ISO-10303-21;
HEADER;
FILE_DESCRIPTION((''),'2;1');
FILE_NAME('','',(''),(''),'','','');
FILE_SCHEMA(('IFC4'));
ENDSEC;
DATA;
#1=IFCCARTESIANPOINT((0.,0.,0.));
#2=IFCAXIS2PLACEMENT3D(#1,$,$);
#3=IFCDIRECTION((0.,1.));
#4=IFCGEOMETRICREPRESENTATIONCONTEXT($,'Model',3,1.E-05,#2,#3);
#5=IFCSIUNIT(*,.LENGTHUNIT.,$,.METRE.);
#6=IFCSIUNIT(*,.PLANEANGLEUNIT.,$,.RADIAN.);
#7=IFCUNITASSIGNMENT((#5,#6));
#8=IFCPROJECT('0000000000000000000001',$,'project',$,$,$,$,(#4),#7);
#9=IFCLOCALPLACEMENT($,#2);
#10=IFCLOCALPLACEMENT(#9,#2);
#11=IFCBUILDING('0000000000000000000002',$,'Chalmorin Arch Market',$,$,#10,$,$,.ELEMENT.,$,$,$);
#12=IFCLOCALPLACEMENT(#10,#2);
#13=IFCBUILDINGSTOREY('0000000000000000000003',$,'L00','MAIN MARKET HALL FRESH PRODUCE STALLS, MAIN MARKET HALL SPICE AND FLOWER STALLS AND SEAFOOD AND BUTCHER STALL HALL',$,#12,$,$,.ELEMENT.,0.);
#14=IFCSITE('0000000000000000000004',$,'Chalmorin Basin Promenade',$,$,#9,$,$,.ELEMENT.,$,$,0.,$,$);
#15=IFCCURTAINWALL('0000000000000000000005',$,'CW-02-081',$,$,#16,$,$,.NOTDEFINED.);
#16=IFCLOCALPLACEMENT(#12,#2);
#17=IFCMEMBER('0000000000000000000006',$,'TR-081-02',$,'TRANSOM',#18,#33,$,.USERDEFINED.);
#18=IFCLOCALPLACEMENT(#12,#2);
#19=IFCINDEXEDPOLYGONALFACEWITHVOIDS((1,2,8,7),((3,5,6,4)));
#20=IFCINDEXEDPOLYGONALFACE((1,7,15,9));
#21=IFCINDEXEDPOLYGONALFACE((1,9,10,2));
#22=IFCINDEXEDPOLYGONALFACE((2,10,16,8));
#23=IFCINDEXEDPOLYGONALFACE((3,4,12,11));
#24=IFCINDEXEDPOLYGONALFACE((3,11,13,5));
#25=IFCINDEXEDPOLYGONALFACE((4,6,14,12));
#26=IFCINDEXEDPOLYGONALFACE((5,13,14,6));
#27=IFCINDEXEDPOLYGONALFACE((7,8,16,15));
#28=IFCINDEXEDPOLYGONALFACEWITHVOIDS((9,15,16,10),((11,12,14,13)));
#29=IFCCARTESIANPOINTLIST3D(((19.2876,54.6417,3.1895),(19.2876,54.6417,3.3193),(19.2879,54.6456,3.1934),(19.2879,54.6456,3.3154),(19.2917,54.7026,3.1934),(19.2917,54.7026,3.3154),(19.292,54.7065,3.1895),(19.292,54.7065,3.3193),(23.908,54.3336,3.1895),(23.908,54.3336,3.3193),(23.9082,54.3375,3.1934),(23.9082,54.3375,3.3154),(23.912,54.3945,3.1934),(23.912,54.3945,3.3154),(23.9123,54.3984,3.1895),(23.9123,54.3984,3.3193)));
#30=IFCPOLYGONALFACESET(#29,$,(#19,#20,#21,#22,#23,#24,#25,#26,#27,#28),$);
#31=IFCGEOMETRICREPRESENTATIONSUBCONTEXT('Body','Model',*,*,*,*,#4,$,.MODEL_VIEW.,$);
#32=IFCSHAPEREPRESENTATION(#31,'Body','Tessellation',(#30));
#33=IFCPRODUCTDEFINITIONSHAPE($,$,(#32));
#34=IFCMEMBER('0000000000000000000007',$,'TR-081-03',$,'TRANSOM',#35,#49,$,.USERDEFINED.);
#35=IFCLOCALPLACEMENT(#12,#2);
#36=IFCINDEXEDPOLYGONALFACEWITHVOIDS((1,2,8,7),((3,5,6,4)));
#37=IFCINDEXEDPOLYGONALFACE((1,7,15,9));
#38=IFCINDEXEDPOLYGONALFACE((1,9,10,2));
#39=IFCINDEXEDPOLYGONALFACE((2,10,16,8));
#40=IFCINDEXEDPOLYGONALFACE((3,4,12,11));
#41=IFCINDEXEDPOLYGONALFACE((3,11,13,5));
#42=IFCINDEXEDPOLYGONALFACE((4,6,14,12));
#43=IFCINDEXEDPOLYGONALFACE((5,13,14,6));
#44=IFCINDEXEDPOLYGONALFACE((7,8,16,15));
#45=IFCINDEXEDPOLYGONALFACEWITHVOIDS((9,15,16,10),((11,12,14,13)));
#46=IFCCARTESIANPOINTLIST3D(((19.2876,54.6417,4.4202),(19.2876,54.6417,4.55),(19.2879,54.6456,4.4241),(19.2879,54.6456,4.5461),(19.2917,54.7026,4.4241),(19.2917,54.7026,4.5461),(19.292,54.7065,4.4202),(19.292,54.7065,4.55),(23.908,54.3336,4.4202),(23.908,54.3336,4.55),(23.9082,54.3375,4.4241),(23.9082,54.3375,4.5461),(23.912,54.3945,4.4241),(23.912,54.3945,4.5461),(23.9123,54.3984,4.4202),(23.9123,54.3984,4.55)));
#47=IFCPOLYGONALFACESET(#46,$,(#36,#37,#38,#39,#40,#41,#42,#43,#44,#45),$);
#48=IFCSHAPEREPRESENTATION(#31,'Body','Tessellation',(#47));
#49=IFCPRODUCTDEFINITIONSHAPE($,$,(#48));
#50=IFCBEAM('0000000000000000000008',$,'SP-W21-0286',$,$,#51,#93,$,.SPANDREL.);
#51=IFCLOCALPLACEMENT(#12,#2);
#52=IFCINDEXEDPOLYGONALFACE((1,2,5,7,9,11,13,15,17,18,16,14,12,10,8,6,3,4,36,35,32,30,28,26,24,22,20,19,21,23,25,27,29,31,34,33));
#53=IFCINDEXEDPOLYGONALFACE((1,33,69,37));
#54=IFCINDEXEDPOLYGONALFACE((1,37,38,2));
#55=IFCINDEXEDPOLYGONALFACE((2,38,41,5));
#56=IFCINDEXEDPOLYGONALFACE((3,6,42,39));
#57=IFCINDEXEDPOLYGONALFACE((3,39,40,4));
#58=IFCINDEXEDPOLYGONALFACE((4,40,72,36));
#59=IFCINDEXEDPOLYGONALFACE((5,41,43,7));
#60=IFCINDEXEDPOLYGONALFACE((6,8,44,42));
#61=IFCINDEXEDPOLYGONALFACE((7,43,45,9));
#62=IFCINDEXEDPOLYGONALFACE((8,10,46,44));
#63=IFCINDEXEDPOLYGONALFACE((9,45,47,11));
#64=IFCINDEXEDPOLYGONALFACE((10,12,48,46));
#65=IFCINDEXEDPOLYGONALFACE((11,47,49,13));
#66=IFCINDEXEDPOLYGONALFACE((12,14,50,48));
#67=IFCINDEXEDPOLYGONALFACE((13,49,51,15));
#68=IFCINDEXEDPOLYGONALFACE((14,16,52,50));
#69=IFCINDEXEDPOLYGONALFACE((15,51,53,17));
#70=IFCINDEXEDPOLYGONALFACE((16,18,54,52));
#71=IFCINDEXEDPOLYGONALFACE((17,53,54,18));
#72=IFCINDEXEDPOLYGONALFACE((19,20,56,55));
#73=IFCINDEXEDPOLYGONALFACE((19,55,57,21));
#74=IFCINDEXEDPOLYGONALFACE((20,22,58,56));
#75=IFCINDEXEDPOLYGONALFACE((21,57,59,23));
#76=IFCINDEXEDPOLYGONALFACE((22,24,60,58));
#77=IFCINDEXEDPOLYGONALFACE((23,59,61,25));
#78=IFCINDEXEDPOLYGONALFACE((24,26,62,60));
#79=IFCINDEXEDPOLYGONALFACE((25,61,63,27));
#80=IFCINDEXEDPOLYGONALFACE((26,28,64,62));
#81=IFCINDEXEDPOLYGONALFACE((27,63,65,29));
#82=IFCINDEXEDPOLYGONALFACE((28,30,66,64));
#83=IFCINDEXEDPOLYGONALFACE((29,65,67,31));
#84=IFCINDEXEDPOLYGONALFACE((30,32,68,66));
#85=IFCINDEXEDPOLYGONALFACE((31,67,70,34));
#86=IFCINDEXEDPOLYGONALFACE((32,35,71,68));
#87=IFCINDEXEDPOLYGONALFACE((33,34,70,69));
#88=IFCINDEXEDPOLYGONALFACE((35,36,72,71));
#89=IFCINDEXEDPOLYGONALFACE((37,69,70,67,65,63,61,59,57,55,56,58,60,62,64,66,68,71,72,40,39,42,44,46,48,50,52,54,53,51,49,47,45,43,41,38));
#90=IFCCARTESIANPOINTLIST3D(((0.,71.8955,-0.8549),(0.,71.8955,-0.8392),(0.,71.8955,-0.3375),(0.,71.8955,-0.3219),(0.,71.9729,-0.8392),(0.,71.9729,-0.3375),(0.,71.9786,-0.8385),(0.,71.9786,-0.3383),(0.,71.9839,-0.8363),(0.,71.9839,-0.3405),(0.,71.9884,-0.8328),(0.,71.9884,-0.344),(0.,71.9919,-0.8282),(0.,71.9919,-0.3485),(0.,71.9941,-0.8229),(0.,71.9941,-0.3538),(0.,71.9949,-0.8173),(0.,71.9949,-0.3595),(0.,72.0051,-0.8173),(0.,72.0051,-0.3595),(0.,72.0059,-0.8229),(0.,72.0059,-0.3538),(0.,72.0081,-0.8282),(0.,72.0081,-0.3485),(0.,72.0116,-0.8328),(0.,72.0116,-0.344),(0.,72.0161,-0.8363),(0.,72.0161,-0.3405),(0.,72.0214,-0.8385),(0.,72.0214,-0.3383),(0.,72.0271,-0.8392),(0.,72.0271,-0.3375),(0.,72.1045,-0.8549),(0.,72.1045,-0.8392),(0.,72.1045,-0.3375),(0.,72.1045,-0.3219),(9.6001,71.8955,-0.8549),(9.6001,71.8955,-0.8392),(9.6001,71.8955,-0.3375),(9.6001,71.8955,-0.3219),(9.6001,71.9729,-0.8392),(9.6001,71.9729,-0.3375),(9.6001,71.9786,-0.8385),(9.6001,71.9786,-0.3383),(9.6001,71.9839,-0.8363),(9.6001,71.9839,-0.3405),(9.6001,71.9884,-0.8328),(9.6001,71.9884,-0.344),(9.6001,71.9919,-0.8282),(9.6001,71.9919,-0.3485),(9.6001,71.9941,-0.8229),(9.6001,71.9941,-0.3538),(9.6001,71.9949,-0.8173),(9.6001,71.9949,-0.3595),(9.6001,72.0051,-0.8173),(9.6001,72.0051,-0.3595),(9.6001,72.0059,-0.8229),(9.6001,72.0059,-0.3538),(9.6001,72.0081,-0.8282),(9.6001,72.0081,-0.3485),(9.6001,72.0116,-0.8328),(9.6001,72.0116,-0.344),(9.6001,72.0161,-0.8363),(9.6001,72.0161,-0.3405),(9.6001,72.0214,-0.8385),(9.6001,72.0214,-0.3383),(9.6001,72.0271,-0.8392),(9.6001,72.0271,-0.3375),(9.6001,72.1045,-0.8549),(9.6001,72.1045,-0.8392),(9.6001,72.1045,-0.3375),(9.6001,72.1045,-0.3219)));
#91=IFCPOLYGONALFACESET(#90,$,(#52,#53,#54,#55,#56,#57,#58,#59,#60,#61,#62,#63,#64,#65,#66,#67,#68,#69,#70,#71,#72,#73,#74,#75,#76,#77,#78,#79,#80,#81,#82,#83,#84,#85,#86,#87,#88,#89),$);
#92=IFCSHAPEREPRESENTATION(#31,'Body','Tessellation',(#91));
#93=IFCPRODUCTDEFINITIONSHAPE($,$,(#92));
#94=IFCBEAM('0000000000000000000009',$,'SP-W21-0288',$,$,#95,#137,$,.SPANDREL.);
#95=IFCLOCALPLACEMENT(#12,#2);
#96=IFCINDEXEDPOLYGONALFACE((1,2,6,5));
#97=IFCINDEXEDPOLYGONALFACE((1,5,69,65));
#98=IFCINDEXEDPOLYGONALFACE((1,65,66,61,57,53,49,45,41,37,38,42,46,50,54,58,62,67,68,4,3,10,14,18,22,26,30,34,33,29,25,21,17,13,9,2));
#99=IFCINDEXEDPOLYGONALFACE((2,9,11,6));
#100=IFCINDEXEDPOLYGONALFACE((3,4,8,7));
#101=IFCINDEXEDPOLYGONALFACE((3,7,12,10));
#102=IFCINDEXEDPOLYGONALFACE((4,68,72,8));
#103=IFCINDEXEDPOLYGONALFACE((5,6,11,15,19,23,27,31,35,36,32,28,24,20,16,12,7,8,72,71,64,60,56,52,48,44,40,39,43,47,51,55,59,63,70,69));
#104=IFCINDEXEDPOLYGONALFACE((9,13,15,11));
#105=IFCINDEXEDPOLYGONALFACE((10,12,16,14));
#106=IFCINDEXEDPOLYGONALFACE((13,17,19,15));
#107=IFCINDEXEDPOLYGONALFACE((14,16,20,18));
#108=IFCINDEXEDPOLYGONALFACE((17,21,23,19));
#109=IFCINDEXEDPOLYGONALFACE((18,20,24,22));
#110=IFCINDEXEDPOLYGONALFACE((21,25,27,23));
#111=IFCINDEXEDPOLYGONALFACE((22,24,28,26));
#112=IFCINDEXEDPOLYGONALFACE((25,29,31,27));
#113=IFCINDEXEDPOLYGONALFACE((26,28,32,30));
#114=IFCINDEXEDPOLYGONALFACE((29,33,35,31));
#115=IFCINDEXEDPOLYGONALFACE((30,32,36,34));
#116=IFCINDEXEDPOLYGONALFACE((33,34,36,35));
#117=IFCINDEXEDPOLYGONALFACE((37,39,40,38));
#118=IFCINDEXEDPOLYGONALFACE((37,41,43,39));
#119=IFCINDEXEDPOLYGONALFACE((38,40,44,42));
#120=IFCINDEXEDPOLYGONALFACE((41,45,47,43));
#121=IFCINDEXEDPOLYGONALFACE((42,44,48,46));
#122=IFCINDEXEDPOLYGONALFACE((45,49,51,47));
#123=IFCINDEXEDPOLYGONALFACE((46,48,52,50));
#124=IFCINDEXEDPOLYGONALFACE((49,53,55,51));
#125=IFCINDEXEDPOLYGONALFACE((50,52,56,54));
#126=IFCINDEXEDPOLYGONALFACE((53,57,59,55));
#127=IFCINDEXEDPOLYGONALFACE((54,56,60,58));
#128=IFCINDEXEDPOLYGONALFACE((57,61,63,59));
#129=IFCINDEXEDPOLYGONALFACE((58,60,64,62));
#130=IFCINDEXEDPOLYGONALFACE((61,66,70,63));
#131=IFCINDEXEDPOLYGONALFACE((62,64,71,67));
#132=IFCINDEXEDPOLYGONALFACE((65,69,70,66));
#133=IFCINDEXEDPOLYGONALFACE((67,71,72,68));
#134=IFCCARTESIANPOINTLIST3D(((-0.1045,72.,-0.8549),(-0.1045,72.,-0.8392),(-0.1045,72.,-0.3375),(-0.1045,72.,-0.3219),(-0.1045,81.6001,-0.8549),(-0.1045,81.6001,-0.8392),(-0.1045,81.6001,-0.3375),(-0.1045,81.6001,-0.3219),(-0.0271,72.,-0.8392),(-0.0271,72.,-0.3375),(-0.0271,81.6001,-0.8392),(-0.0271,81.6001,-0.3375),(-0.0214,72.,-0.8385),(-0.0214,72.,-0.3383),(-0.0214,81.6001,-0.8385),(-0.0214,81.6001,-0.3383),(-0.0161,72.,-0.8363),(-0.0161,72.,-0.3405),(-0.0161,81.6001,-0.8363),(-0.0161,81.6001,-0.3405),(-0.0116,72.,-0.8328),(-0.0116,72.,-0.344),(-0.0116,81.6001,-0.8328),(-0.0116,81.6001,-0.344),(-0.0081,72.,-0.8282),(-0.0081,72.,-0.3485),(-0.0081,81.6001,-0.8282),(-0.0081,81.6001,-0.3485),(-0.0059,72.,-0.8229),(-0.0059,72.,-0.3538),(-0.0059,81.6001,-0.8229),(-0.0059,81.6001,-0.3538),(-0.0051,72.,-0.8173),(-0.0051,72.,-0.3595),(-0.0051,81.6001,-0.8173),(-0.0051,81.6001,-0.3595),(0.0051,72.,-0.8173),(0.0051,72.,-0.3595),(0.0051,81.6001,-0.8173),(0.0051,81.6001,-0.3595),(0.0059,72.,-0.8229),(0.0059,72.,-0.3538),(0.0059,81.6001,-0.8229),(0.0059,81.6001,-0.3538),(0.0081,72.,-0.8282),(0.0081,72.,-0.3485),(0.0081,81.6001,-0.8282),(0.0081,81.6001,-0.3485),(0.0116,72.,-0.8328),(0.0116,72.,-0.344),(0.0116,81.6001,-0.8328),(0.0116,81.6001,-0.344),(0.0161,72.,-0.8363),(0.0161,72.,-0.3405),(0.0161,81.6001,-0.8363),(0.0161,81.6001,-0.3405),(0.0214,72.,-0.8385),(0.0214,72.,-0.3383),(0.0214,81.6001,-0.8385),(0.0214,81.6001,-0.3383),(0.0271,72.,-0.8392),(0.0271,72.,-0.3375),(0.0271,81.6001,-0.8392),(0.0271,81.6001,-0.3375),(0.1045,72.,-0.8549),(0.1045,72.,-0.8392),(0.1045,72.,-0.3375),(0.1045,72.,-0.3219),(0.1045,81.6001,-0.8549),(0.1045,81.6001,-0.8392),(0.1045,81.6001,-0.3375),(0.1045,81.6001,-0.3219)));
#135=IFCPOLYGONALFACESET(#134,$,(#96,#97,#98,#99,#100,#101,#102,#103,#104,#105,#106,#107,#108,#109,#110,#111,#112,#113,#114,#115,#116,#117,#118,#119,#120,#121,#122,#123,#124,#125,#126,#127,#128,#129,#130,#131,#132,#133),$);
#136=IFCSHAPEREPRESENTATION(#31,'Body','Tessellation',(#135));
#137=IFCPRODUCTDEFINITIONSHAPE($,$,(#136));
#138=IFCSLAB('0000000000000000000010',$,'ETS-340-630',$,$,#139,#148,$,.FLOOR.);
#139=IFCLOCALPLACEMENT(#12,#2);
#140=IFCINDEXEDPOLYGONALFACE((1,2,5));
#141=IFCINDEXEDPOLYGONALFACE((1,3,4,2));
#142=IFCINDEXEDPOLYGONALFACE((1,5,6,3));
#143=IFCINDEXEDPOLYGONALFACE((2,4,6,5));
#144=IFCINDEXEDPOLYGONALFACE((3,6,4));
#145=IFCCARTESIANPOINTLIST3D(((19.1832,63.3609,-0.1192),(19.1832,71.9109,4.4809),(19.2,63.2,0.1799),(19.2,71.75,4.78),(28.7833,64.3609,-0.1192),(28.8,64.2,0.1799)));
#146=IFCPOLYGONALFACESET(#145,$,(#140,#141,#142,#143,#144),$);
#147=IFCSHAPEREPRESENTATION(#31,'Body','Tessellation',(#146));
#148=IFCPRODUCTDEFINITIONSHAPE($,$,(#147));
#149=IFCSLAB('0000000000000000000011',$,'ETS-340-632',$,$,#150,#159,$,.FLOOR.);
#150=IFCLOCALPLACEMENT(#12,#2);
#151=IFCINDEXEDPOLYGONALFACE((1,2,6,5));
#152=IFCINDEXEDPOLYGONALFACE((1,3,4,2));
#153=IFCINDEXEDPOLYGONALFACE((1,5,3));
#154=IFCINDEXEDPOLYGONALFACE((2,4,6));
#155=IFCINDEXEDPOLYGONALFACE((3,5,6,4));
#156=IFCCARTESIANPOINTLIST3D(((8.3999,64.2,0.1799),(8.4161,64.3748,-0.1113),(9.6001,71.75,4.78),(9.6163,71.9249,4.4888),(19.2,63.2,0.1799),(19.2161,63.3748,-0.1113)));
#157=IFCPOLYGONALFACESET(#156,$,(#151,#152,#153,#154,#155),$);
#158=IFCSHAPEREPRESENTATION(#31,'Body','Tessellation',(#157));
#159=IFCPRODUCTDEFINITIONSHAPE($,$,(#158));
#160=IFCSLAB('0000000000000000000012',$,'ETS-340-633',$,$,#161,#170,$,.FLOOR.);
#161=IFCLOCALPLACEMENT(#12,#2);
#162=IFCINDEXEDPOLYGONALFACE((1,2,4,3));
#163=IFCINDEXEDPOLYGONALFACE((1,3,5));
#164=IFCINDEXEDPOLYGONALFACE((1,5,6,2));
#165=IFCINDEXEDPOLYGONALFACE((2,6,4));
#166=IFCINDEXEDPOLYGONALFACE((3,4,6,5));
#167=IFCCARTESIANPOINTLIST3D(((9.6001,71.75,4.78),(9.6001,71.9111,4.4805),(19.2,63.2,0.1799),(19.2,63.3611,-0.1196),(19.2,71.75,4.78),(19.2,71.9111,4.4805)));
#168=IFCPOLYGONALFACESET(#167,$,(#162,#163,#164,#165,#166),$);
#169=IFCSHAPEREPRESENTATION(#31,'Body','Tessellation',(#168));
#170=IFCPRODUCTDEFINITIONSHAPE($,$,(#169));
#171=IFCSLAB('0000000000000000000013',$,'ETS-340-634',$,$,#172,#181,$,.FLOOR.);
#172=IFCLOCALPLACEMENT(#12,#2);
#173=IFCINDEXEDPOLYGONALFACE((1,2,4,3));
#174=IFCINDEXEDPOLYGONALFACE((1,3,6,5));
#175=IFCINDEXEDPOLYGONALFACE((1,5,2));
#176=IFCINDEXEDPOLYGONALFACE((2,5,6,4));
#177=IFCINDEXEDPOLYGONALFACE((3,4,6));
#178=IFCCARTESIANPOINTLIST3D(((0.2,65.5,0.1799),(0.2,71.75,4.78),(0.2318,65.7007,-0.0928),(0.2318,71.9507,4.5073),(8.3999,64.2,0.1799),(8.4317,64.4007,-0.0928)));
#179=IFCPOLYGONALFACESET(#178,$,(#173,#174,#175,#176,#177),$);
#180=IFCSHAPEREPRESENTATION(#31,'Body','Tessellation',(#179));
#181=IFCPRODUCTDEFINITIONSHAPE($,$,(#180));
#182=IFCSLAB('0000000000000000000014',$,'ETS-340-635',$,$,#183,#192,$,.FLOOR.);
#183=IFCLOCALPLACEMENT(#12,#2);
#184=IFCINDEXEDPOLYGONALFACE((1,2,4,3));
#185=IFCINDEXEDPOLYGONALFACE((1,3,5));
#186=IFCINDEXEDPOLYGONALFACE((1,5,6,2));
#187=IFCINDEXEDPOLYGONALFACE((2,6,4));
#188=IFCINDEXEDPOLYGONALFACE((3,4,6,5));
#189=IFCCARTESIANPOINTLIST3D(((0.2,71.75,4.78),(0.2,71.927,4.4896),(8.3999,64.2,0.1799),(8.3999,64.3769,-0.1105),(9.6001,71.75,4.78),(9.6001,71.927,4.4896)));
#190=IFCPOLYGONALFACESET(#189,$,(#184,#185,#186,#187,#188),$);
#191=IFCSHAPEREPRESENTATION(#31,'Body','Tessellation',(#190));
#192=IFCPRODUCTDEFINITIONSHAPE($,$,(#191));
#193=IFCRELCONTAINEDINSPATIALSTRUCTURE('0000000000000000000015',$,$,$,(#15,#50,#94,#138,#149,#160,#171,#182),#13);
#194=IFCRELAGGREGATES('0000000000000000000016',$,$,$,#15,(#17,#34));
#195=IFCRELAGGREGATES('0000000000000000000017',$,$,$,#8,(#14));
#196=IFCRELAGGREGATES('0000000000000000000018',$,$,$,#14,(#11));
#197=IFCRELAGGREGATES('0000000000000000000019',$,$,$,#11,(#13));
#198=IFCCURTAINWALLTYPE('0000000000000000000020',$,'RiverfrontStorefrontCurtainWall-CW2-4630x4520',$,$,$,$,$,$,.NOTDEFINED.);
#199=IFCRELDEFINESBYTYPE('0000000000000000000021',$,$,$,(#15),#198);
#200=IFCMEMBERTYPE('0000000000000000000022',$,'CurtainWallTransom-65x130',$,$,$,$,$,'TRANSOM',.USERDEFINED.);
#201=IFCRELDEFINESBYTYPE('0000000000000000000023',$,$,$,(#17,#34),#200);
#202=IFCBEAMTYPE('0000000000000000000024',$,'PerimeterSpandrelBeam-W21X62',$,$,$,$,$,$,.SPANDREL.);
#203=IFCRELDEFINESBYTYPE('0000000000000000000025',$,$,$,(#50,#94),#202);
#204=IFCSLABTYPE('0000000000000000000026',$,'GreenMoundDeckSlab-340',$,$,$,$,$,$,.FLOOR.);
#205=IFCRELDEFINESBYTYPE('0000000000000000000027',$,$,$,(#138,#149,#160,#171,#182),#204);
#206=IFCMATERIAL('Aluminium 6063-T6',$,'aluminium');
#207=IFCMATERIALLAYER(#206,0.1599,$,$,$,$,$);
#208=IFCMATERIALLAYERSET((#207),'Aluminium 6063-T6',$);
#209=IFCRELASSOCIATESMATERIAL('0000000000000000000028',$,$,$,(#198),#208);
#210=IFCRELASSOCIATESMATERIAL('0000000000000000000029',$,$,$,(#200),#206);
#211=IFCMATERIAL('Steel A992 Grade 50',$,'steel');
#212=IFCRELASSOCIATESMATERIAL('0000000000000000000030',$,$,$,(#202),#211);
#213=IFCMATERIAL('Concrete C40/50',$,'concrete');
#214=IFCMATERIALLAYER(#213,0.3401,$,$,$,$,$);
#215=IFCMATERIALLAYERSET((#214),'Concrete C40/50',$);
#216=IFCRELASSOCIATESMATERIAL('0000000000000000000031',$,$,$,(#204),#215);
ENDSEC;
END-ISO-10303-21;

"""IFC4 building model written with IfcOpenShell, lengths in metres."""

from ifc_helpers import new_model, si_unit, direction, frame, origin, origin_2d, place, context, subcontext, project, spatial, polyline, hollow_rectangle, i_section, outline, extrude, material, layer, layer_set, material_profile, profile_set, type_object, element, aggregate, save


model = new_model("IFC4")

# Units and contexts
model_context = context("Model", 3, precision=1e-05, world=origin(), true_north=direction((0.0, 1.0)))
body_context = subcontext(model_context, "Body", "Model", "MODEL_VIEW")
ifc_project = project(units=[si_unit("LENGTHUNIT", "METRE"), si_unit("PLANEANGLEUNIT", "RADIAN")], contexts=[model_context])

# Site, building, storey
site_placement = place(None, origin())
site = spatial("IfcSite", under=ifc_project, at=site_placement, Name="Chalmorin Basin Promenade", CompositionType="ELEMENT", RefElevation=0.0)
building_placement = place(site_placement, origin())
building = spatial("IfcBuilding", under=site, at=building_placement, Name="Chalmorin Arch Market", CompositionType="ELEMENT")
storey_placement = place(building_placement, origin())
storey = spatial("IfcBuildingStorey", under=building, at=storey_placement, Name="L00", Description="MAIN MARKET HALL FRESH PRODUCE STALLS, MAIN MARKET HALL SPICE AND FLOWER STALLS AND SEAFOOD AND BUTCHER STALL HALL", CompositionType="ELEMENT", Elevation=0.0)

# Shared definitions
ifc_material_1 = material(Name="Concrete C40/50", Category="concrete")

# Curtain wall
ifc_material_2 = material(Name="Aluminium 6063-T6", Category="aluminium")
ifc_layer_1 = layer(ifc_material_2, 0.1599)
ifc_layer_set_1 = layer_set([ifc_layer_1], Name="Aluminium 6063-T6")
curtain_wall_type = type_object("IfcCurtainWallType", Name="RiverfrontStorefrontCurtainWall-CW2-4630x4520", PredefinedType="NOTDEFINED", material=ifc_layer_set_1)
curtain_wall_1_placement = place(storey_placement, origin())
curtain_wall_1 = element("IfcCurtainWall", 1, at=curtain_wall_1_placement, inside=storey, type_object=curtain_wall_type, Name="CW-02-081", PredefinedType="NOTDEFINED")

# Members
ifc_material_profile_1 = material_profile(ifc_material_2, hollow_rectangle(XDim=0.0649, YDim=0.1299, WallThickness=0.0039, at=origin_2d()), Name="ALU65X130X4")
ifc_profile_set_1 = profile_set([ifc_material_profile_1], Name="Aluminium 6063-T6")
member_type_1 = type_object("IfcMemberType", Name="CurtainWallTransom-65x130", ElementType="TRANSOM", PredefinedType="USERDEFINED", material=ifc_profile_set_1)
member_1_placement = place(storey_placement, frame((19.2898, 54.6741, 3.2544), z_axis=(0.997784, -0.066537, 0.0), x_axis=(0.066537, 0.997784, 0.0)))
member_1 = element("IfcMember", 2, at=member_1_placement, type_object=member_type_1, Name="TR-081-02", ObjectType="TRANSOM", PredefinedType="USERDEFINED", context=body_context, shape_type="SweptSolid", body=[
    extrude(hollow_rectangle(XDim=0.0649, YDim=0.1299, WallThickness=0.0039, at=origin_2d()), origin(), (0.0, 0.0, 1.0), 4.6306),
])
member_2_placement = place(storey_placement, frame((19.2898, 54.6741, 4.4851), z_axis=(0.997784, -0.066537, 0.0), x_axis=(0.066537, 0.997784, 0.0)))
member_2 = element("IfcMember", 3, at=member_2_placement, type_object=member_type_1, Name="TR-081-03", ObjectType="TRANSOM", PredefinedType="USERDEFINED", context=body_context, shape_type="SweptSolid", body=[
    extrude(hollow_rectangle(XDim=0.0649, YDim=0.1299, WallThickness=0.0039, at=origin_2d()), origin(), (0.0, 0.0, 1.0), 4.6306),
])

# Beams
ifc_material_3 = material(Name="Steel A992 Grade 50", Category="steel")
ifc_material_profile_2 = material_profile(ifc_material_3, i_section(OverallWidth=0.209, OverallDepth=0.533, WebThickness=0.0103, FlangeThickness=0.0156, FilletRadius=0.022, at=origin_2d()), Name="W21X62")
ifc_profile_set_2 = profile_set([ifc_material_profile_2], Name="Steel A992 Grade 50")
beam_type = type_object("IfcBeamType", Name="PerimeterSpandrelBeam-W21X62", PredefinedType="SPANDREL", material=ifc_profile_set_2)
for number, where, z_axis, x_axis, name in (
    (4, (0.0, 72.0, -0.5884), (1.0, 0.0, 0.0), (0.0, 1.0, 0.0), "SP-W21-0286"),
    (5, (0.0, 72.0, -0.5884), (0.0, 1.0, 0.0), (-1.0, 0.0, 0.0), "SP-W21-0288"),
):
    element("IfcBeam", number, at=place(storey_placement, frame(where, z_axis=z_axis, x_axis=x_axis)), inside=storey, type_object=beam_type, Name=name, PredefinedType="SPANDREL", context=body_context, shape_type="SweptSolid", body=[
        extrude(i_section(OverallWidth=0.209, OverallDepth=0.533, WebThickness=0.0103, FlangeThickness=0.0156, FilletRadius=0.022, at=origin_2d()), origin(), (0.0, 0.0, 1.0), 9.6001),
    ])

# Slabs
ifc_layer_2 = layer(ifc_material_1, 0.3401)
ifc_layer_set_2 = layer_set([ifc_layer_2], Name="Concrete C40/50")
slab_type = type_object("IfcSlabType", Name="GreenMoundDeckSlab-340", PredefinedType="FLOOR", material=ifc_layer_set_2)
slab_1_placement = place(storey_placement, frame((19.2, 71.75, 4.78), z_axis=(0.049293, -0.473222, 0.879563), x_axis=(0.0, -0.880633, -0.473798)))
element("IfcSlab", 6, at=slab_1_placement, inside=storey, type_object=slab_type, Name="ETS-340-630", PredefinedType="FLOOR", context=body_context, shape_type="SweptSolid", body=[
    extrude(outline(polyline([(0.0, 0.0), (9.709, 0.0), (8.8283, 9.6118), (0.0, 0.0)])), origin(), (0.0, 0.0, -1.0), 0.3401),
])
slab_2_placement = place(storey_placement, frame((9.6001, 71.75, 4.78), z_axis=(-0.04761, -0.514191, 0.856353), x_axis=(-0.134519, -0.846215, -0.515582)))
element("IfcSlab", 7, at=slab_2_placement, inside=storey, type_object=slab_type, Name="ETS-340-632", PredefinedType="FLOOR", context=body_context, shape_type="SweptSolid", body=[
    extrude(outline(polyline([(0.0, 0.0), (8.9221, 0.0), (8.3155, 10.8293), (0.0, 0.0)])), origin(), (0.0, 0.0, -1.0), 0.3401),
])
slab_3_placement = place(storey_placement, frame((19.2, 71.75, 4.78), z_axis=(0.0, -0.473798, 0.880633), x_axis=(-1.0, 0.0, 0.0)))
element("IfcSlab", 8, at=slab_3_placement, inside=storey, type_object=slab_type, Name="ETS-340-633", PredefinedType="FLOOR", context=body_context, shape_type="SweptSolid", body=[
    extrude(outline(polyline([(0.0, 0.0), (9.5999, 0.0), (0.0, 9.709), (0.0, 0.0)])), origin(), (0.0, 0.0, -1.0), 0.3401),
])
slab_4_placement = place(storey_placement, frame((0.2, 71.75, 4.78), z_axis=(-0.093567, -0.590167, 0.80184), x_axis=(0.0, -0.805374, -0.592768)))
element("IfcSlab", 9, at=slab_4_placement, inside=storey, type_object=slab_type, Name="ETS-340-634", PredefinedType="FLOOR", context=body_context, shape_type="SweptSolid", body=[
    extrude(outline(polyline([(0.0, 0.0), (7.7604, 0.0), (8.8074, 8.2361), (0.0, 0.0)])), origin(), (0.0, 0.0, -1.0), 0.3401),
])
slab_5_placement = place(storey_placement, frame((9.6001, 71.75, 4.78), z_axis=(0.0, -0.520311, 0.853977), x_axis=(-1.0, 0.0, 0.0)))
element("IfcSlab", 10, at=slab_5_placement, inside=storey, type_object=slab_type, Name="ETS-340-635", PredefinedType="FLOOR", context=body_context, shape_type="SweptSolid", body=[
    extrude(outline(polyline([(0.0, 0.0), (9.4001, 0.0), (1.2002, 8.841), (0.0, 0.0)])), origin(), (0.0, 0.0, -1.0), 0.3401),
])

aggregate(curtain_wall_1, [member_1, member_2])

save(model, "model.ifc")
